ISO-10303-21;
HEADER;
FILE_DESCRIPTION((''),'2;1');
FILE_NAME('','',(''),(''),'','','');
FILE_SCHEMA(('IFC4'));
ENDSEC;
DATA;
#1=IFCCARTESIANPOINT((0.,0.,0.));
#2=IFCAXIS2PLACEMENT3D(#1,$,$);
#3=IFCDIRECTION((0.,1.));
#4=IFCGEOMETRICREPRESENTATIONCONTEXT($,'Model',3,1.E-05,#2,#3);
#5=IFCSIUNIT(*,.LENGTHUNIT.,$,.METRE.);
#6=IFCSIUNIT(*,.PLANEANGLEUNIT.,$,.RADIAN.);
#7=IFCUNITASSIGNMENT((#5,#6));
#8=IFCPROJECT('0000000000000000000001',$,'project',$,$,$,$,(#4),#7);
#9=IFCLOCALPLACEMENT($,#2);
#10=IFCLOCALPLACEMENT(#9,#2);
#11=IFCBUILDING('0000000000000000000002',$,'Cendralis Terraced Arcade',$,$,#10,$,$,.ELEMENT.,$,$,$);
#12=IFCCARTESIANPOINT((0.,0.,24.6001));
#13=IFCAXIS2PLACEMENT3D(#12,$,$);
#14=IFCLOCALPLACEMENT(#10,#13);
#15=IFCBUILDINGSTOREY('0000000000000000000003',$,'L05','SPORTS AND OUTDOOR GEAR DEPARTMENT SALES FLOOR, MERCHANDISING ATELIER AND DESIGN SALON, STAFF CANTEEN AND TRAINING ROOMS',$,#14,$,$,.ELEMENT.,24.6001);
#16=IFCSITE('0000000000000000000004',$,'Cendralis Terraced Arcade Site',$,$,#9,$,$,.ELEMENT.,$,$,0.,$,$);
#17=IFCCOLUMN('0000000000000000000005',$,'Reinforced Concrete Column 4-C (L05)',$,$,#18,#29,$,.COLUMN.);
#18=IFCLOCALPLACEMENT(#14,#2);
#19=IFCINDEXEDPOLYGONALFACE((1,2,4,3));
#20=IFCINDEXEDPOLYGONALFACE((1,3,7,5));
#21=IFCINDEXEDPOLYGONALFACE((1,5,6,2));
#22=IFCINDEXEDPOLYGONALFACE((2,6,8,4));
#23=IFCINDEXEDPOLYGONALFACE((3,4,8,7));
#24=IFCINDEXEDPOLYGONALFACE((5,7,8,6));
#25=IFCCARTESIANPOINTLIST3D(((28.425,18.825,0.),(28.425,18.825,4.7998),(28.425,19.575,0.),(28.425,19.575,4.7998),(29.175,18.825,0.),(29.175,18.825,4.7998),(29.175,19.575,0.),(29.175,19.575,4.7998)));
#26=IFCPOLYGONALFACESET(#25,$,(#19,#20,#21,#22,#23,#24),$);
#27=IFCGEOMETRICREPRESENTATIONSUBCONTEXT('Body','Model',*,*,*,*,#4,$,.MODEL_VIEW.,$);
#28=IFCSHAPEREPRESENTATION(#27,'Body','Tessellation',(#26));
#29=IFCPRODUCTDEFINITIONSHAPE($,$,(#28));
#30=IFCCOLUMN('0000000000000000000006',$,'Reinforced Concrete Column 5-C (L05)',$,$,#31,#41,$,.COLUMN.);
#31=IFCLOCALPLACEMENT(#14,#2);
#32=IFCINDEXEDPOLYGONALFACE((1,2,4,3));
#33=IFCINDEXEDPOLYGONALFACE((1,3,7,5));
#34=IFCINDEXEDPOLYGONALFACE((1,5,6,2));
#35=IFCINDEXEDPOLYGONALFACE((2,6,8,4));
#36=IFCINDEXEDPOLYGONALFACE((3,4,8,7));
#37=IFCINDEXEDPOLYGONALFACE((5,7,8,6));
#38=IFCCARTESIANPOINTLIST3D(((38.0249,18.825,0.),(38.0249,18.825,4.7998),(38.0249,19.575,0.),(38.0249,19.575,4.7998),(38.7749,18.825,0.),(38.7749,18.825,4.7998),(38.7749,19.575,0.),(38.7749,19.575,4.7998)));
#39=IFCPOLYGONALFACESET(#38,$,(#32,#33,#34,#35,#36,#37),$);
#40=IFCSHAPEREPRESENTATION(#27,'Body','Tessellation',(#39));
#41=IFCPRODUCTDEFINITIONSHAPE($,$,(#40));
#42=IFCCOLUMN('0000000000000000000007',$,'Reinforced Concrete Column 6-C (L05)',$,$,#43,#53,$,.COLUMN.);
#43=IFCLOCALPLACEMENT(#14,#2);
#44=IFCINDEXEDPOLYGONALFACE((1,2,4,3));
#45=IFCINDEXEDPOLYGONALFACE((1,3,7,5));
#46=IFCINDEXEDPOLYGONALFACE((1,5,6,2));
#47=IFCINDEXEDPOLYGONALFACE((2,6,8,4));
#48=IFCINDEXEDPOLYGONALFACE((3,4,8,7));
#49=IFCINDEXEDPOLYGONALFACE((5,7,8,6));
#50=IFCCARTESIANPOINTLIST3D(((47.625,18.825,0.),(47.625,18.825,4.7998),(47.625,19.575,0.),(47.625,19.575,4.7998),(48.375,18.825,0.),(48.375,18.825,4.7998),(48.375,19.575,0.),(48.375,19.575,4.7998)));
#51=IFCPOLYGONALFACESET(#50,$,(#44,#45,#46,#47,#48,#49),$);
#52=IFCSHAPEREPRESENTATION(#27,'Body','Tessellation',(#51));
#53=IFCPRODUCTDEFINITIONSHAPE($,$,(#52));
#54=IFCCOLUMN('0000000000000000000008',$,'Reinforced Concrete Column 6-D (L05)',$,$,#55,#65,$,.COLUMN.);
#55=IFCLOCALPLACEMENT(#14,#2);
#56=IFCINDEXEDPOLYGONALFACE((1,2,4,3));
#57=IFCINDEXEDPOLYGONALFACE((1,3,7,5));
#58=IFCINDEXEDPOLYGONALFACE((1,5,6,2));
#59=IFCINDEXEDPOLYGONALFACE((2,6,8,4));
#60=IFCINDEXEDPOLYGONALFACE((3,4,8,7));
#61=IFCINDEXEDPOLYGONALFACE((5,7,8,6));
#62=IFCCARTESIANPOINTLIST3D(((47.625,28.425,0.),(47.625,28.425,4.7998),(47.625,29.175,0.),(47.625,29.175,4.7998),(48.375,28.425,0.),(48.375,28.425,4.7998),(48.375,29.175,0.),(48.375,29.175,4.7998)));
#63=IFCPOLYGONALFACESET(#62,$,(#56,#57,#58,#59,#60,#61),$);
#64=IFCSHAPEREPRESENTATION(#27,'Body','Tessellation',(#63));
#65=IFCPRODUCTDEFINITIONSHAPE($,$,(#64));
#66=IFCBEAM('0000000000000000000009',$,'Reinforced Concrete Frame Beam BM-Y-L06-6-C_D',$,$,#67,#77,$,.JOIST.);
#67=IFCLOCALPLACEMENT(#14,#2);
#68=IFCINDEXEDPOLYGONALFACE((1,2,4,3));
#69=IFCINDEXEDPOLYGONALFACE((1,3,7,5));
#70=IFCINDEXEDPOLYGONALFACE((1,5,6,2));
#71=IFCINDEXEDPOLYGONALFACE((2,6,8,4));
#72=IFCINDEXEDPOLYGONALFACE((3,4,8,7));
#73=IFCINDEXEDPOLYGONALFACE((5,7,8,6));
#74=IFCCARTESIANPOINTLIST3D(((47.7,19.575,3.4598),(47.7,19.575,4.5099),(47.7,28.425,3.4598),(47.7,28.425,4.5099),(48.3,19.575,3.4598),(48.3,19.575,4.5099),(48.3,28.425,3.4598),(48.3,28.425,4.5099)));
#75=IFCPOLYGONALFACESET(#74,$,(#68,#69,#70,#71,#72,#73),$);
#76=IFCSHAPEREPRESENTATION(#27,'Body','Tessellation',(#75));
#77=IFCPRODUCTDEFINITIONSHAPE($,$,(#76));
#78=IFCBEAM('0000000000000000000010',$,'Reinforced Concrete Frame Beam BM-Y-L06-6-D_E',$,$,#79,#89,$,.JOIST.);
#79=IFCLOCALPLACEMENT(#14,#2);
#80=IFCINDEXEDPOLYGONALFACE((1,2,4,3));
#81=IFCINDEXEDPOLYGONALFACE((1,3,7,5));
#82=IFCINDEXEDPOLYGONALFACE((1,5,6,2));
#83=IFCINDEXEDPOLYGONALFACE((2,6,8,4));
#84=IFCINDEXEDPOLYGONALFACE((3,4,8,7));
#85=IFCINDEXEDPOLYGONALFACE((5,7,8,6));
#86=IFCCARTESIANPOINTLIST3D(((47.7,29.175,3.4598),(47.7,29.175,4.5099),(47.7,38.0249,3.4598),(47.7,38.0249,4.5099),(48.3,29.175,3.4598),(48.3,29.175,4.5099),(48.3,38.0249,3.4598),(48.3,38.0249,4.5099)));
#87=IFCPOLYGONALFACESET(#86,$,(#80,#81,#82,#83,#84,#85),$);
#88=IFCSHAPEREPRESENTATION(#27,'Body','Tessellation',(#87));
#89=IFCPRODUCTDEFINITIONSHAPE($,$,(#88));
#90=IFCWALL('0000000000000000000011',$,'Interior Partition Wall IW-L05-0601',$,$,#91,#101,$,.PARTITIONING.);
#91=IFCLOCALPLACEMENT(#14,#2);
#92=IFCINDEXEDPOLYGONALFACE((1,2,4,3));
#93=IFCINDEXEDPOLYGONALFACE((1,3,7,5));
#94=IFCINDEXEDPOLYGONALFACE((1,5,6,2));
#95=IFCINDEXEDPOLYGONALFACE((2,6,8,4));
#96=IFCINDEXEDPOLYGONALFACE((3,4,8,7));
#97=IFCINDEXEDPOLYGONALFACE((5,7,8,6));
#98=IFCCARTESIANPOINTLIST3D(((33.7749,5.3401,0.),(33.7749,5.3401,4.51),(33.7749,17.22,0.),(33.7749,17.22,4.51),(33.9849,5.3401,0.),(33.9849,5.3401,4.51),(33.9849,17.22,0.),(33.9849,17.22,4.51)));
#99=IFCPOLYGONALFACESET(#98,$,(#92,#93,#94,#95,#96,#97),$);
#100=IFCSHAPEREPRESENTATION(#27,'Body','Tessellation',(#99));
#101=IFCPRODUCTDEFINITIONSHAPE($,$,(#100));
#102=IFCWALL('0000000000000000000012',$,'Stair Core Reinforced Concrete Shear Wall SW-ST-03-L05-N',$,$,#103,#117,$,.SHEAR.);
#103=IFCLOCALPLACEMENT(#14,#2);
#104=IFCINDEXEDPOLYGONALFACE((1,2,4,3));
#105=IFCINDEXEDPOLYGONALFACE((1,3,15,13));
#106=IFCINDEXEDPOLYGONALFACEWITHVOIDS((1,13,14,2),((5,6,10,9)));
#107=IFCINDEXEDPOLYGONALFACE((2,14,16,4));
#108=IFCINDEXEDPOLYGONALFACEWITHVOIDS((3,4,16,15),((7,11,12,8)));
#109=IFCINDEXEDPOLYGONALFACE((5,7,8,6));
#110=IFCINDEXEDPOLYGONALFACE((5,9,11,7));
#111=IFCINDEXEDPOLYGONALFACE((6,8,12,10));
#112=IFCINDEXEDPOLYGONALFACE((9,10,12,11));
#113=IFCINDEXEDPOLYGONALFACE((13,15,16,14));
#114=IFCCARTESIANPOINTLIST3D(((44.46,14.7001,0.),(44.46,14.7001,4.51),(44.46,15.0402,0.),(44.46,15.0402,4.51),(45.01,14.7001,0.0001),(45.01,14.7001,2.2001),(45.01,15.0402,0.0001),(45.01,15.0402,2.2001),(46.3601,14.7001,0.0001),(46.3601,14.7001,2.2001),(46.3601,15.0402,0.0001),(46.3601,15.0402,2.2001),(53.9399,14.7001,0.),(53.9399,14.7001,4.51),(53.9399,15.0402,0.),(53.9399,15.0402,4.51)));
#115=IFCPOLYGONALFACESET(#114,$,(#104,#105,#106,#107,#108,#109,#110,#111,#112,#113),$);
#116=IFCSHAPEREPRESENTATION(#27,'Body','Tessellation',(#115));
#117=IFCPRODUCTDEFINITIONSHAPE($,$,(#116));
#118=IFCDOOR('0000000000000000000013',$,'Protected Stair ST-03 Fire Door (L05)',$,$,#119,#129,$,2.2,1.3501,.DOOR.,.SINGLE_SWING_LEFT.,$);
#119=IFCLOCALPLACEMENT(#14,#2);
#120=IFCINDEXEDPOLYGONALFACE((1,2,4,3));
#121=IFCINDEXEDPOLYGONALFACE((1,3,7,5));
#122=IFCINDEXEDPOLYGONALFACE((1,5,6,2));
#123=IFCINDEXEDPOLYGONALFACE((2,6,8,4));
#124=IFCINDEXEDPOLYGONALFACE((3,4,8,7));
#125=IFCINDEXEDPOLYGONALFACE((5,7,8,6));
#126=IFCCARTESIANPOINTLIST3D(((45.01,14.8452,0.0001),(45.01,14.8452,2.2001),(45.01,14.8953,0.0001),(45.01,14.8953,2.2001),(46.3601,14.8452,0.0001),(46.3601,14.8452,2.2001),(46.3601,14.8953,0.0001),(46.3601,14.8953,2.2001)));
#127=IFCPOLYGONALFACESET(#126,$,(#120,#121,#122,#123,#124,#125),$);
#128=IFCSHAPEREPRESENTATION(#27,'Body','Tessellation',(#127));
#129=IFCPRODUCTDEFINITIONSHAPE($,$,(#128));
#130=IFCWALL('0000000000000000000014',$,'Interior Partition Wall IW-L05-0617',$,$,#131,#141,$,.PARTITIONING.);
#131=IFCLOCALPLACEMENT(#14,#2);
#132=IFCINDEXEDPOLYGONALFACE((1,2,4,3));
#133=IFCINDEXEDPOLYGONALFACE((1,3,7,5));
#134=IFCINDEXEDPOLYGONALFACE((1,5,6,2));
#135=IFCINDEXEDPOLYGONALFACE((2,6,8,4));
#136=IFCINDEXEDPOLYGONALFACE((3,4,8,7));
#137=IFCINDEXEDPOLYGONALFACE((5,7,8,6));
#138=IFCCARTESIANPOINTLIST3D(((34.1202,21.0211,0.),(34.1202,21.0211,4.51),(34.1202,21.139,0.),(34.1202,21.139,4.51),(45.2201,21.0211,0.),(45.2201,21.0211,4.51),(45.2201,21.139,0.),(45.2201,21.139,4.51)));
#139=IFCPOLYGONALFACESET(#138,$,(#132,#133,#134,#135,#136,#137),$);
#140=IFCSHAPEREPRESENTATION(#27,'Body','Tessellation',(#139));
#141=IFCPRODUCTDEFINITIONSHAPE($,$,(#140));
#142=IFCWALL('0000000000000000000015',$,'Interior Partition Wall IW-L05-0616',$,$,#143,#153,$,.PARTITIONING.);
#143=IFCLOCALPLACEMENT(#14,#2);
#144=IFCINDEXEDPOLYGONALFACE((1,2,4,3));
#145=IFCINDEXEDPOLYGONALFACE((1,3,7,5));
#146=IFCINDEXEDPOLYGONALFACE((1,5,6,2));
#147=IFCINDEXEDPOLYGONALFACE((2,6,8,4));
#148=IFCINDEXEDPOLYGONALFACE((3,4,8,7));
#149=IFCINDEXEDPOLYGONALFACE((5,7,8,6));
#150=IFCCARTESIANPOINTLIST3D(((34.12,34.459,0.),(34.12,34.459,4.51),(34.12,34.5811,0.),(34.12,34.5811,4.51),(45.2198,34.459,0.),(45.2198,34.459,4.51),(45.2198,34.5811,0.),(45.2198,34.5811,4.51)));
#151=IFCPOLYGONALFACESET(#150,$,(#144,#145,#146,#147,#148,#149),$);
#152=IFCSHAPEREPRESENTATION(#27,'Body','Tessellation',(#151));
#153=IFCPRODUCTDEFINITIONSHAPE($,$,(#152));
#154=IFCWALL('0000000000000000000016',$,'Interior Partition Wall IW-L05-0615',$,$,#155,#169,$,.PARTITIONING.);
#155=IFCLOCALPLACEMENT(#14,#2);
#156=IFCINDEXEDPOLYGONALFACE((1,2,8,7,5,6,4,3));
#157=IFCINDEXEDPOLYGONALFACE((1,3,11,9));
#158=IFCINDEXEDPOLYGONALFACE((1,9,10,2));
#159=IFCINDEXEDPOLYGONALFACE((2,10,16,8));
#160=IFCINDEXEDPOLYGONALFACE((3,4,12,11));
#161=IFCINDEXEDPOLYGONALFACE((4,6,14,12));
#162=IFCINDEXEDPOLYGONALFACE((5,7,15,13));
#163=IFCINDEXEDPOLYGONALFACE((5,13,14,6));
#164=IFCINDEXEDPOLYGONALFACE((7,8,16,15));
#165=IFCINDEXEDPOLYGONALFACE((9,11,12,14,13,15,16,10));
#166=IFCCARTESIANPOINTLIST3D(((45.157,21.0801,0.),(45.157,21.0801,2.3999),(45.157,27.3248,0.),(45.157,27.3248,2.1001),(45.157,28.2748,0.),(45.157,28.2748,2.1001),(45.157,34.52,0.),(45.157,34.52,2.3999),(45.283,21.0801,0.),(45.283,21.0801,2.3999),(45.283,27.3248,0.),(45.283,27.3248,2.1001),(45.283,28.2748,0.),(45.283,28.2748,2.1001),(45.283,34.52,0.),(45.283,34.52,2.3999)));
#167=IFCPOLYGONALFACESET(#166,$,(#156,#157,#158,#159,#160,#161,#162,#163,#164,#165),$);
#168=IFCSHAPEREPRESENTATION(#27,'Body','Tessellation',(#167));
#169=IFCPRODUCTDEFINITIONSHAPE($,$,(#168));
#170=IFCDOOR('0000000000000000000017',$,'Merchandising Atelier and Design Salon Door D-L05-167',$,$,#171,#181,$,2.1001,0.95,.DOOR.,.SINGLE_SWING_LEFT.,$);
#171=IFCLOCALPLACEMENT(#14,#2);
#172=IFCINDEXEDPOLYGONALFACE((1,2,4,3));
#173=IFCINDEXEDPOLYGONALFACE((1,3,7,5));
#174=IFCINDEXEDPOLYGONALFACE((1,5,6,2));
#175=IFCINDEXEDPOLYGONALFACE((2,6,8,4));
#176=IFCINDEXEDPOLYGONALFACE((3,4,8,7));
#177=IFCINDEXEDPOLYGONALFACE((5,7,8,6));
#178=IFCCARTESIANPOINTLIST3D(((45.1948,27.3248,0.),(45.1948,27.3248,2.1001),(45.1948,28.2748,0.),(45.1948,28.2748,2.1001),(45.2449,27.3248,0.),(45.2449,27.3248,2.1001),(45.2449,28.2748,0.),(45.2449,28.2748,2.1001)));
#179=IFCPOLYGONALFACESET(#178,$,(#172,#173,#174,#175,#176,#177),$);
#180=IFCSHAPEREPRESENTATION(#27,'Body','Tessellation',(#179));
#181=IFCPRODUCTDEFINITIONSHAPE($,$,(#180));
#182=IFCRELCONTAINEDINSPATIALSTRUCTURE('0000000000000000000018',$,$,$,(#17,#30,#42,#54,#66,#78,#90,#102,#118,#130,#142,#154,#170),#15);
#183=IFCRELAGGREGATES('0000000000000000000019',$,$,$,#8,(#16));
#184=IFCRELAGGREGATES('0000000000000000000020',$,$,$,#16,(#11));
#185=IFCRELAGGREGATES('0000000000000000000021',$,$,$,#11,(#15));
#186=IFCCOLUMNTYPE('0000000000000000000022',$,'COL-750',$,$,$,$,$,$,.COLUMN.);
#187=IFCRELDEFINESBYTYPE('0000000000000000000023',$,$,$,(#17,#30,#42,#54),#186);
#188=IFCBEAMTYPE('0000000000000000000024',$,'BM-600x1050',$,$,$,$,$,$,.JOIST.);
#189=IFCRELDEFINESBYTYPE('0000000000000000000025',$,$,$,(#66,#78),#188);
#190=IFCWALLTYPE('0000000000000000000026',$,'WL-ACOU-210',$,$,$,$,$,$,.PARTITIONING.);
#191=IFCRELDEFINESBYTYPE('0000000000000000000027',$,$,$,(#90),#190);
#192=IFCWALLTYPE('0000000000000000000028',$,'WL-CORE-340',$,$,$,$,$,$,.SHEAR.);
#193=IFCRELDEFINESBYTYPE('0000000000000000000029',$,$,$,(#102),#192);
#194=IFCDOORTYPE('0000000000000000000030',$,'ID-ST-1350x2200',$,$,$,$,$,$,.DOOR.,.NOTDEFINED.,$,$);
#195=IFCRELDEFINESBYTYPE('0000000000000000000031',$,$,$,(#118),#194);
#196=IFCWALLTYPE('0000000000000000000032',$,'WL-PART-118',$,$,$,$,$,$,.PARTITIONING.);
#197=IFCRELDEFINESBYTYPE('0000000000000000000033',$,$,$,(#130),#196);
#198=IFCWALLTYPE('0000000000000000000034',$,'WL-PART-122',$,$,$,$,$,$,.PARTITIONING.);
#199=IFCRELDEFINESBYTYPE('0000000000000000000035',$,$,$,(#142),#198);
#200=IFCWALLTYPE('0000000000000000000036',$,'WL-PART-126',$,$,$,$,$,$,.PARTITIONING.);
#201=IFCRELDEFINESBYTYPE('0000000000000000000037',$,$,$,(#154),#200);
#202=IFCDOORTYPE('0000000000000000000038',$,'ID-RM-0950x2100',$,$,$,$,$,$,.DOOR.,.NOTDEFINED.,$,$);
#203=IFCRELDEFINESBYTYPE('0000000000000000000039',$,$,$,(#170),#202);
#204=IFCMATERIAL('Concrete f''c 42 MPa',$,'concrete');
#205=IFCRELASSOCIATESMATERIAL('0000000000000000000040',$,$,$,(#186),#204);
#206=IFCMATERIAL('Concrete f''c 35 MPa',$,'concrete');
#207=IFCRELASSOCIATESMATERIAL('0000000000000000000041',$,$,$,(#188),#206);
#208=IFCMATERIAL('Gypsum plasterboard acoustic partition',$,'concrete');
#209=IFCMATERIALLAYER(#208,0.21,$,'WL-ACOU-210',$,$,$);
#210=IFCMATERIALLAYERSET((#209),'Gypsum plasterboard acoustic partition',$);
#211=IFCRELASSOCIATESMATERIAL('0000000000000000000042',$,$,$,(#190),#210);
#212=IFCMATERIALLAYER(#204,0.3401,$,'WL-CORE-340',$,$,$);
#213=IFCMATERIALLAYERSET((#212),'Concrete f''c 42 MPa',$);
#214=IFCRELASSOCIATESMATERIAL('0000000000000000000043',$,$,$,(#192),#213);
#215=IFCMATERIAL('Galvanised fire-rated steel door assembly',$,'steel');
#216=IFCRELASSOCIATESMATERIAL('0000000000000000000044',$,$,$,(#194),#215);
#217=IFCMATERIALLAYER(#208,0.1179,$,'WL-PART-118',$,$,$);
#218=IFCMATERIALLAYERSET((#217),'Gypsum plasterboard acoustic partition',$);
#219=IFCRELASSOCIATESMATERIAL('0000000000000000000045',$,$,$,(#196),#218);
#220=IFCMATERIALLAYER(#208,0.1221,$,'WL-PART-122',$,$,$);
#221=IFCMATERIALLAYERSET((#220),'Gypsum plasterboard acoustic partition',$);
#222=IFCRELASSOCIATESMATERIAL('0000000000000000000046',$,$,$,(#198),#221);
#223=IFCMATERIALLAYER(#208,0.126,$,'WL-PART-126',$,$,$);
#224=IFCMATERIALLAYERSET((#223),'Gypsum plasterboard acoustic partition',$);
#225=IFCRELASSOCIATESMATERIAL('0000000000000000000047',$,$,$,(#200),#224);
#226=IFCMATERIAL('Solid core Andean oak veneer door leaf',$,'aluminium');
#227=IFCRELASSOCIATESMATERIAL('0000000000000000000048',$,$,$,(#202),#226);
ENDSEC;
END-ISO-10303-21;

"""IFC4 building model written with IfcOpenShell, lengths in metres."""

from ifc_helpers import new_model, si_unit, direction, frame, frame_2d, origin, origin_2d, place, context, subcontext, project, spatial, rectangle, extrude, material, layer, layer_set, material_profile, profile_set, type_object, element, fill, save


model = new_model("IFC4")

# Units and contexts
model_context = context("Model", 3, precision=1e-05, world=origin(), true_north=direction((0.0, 1.0)))
body_context = subcontext(model_context, "Body", "Model", "MODEL_VIEW")
ifc_project = project(units=[si_unit("LENGTHUNIT", "METRE"), si_unit("PLANEANGLEUNIT", "RADIAN")], contexts=[model_context])

# Site, building, storey
site_placement = place(None, origin())
site = spatial("IfcSite", under=ifc_project, at=site_placement, Name="Cendralis Terraced Arcade Site", CompositionType="ELEMENT", RefElevation=0.0)
building_placement = place(site_placement, origin())
building = spatial("IfcBuilding", under=site, at=building_placement, Name="Cendralis Terraced Arcade", CompositionType="ELEMENT")
storey_placement = place(building_placement, frame((0.0, 0.0, 24.6001)))
storey = spatial("IfcBuildingStorey", under=building, at=storey_placement, Name="L05", Description="SPORTS AND OUTDOOR GEAR DEPARTMENT SALES FLOOR, MERCHANDISING ATELIER AND DESIGN SALON, STAFF CANTEEN AND TRAINING ROOMS", CompositionType="ELEMENT", Elevation=24.6001)

# Columns
ifc_material_1 = material(Name="Concrete f'c 42 MPa", Category="concrete")
ifc_material_profile_1 = material_profile(ifc_material_1, rectangle(XDim=0.75, YDim=0.75, at=origin_2d()), Name="RC-COL-750x750", Category="LoadBearing")
ifc_profile_set_1 = profile_set([ifc_material_profile_1], Name="Concrete f'c 42 MPa")
column_type = type_object("IfcColumnType", Name="COL-750", PredefinedType="COLUMN", material=ifc_profile_set_1)
for number, where, z_axis, x_axis, name in (
    (1, (28.8, 19.2, 0.0), (0.0, 0.0, 1.0), (1.0, 0.0, 0.0), "Reinforced Concrete Column 4-C (L05)"),
    (2, (38.3999, 19.2, 0.0), (0.0, 0.0, 1.0), (1.0, 0.0, 0.0), "Reinforced Concrete Column 5-C (L05)"),
    (3, (48.0, 19.2, 0.0), (0.0, 0.0, 1.0), (1.0, 0.0, 0.0), "Reinforced Concrete Column 6-C (L05)"),
    (4, (48.0, 28.8, 0.0), (0.0, 0.0, 1.0), (1.0, 0.0, 0.0), "Reinforced Concrete Column 6-D (L05)"),
):
    element("IfcColumn", number, at=place(storey_placement, frame(where, z_axis=z_axis, x_axis=x_axis)), inside=storey, type_object=column_type, Name=name, PredefinedType="COLUMN", context=body_context, shape_type="SweptSolid", body=[
        extrude(rectangle(XDim=0.75, YDim=0.75, at=origin_2d()), origin(), (0.0, 0.0, 1.0), 4.7998),
    ])

# Beams
ifc_material_2 = material(Name="Concrete f'c 35 MPa", Category="concrete")
ifc_material_profile_2 = material_profile(ifc_material_2, rectangle(XDim=0.6001, YDim=1.05, at=origin_2d()), Name="RC-BM-600x1050", Category="LoadBearing")
ifc_profile_set_2 = profile_set([ifc_material_profile_2], Name="Concrete f'c 35 MPa")
beam_type = type_object("IfcBeamType", Name="BM-600x1050", PredefinedType="JOIST", material=ifc_profile_set_2)
beam_1_placement = place(storey_placement, frame((48.0, 19.575, 3.9849), z_axis=(0.0, 1.0, 0.0), x_axis=(-1.0, 0.0, 0.0)))
element("IfcBeam", 5, at=beam_1_placement, inside=storey, type_object=beam_type, Name="Reinforced Concrete Frame Beam BM-Y-L06-6-C_D", PredefinedType="JOIST", context=body_context, shape_type="SweptSolid", body=[
    extrude(rectangle(XDim=0.6001, YDim=1.05, at=origin_2d()), origin(), (0.0, 0.0, 1.0), 8.8501),
])
beam_2_placement = place(storey_placement, frame((48.0, 29.175, 3.9849), z_axis=(0.0, 1.0, 0.0), x_axis=(-1.0, 0.0, 0.0)))
element("IfcBeam", 6, at=beam_2_placement, inside=storey, type_object=beam_type, Name="Reinforced Concrete Frame Beam BM-Y-L06-6-D_E", PredefinedType="JOIST", context=body_context, shape_type="SweptSolid", body=[
    extrude(rectangle(XDim=0.6001, YDim=1.05, at=origin_2d()), origin(), (0.0, 0.0, 1.0), 8.8499),
])

# Wall
ifc_material_3 = material(Name="Gypsum plasterboard acoustic partition", Category="concrete")
ifc_layer_1 = layer(ifc_material_3, 0.21, Name="WL-ACOU-210")
ifc_layer_set_1 = layer_set([ifc_layer_1], Name="Gypsum plasterboard acoustic partition")
wall_type_1 = type_object("IfcWallType", Name="WL-ACOU-210", PredefinedType="PARTITIONING", material=ifc_layer_set_1)
wall_1_placement = place(storey_placement, frame((33.8799, 17.22, 0.0), z_axis=(0.0, 0.0, 1.0), x_axis=(0.0, -1.0, 0.0)))
element("IfcWall", 7, at=wall_1_placement, inside=storey, type_object=wall_type_1, Name="Interior Partition Wall IW-L05-0601", PredefinedType="PARTITIONING", context=body_context, shape_type="SweptSolid", body=[
    extrude(rectangle(XDim=11.8799, YDim=0.21, at=frame_2d((5.9399, 0.0))), origin(), (0.0, 0.0, 1.0), 4.51),
])

# Wall, opening, door
ifc_layer_2 = layer(ifc_material_1, 0.3401, Name="WL-CORE-340")
ifc_layer_set_2 = layer_set([ifc_layer_2], Name="Concrete f'c 42 MPa")
wall_type_2 = type_object("IfcWallType", Name="WL-CORE-340", PredefinedType="SHEAR", material=ifc_layer_set_2)
wall_2_placement = place(storey_placement, frame((44.46, 14.8701, 0.0), z_axis=(0.0, 0.0, 1.0), x_axis=(1.0, 0.0, 0.0)))
wall_2 = element("IfcWall", 8, at=wall_2_placement, inside=storey, type_object=wall_type_2, Name="Stair Core Reinforced Concrete Shear Wall SW-ST-03-L05-N", PredefinedType="SHEAR", context=body_context, shape_type="SweptSolid", body=[
    extrude(rectangle(XDim=9.48, YDim=0.3401, at=frame_2d((4.74, 0.0))), origin(), (0.0, 0.0, 1.0), 4.51),
])
opening_1_placement = place(wall_2_placement, frame((0.55, 0.0, 0.0)))
opening_1 = element("IfcOpeningElement", 9, at=opening_1_placement, cuts=wall_2, PredefinedType="OPENING", context=body_context, shape_type="SweptSolid", body=[
    extrude(rectangle(XDim=1.3501, YDim=2.2, at=frame_2d((0.675, 1.1001))), frame((0.0, 0.1821, 0.0), z_axis=(0.0, -1.0, 0.0), x_axis=(1.0, 0.0, 0.0)), (0.0, 0.0, 1.0), 0.364),
])
ifc_material_4 = material(Name="Galvanised fire-rated steel door assembly", Category="steel")
door_type_1 = type_object("IfcDoorType", Name="ID-ST-1350x2200", OperationType="NOTDEFINED", PredefinedType="DOOR", material=ifc_material_4)
door_1_placement = place(opening_1_placement, frame((1.3501, 0.0, 0.0), z_axis=(0.0, 0.0, 1.0), x_axis=(-1.0, 0.0, 0.0)))
door_1 = element("IfcDoor", 10, at=door_1_placement, inside=storey, type_object=door_type_1, Name="Protected Stair ST-03 Fire Door (L05)", OperationType="SINGLE_SWING_LEFT", OverallHeight=2.2, OverallWidth=1.3501, PredefinedType="DOOR", context=body_context, shape_type="SweptSolid", body=[
    extrude(rectangle(XDim=1.3501, YDim=2.2, at=frame_2d((0.675, 1.1001))), frame((0.0, 0.0249, 0.0), z_axis=(0.0, -1.0, 0.0), x_axis=(1.0, 0.0, 0.0)), (0.0, 0.0, 1.0), 0.05),
])
fill(opening_1, door_1)

# Walls
ifc_layer_3 = layer(ifc_material_3, 0.1179, Name="WL-PART-118")
ifc_layer_set_3 = layer_set([ifc_layer_3], Name="Gypsum plasterboard acoustic partition")
wall_type_3 = type_object("IfcWallType", Name="WL-PART-118", PredefinedType="PARTITIONING", material=ifc_layer_set_3)
wall_3_placement = place(storey_placement, frame((45.22, 21.0801, 0.0), z_axis=(0.0, 0.0, 1.0), x_axis=(-1.0, 0.0, 0.0)))
element("IfcWall", 11, at=wall_3_placement, inside=storey, type_object=wall_type_3, Name="Interior Partition Wall IW-L05-0617", PredefinedType="PARTITIONING", context=body_context, shape_type="SweptSolid", body=[
    extrude(rectangle(XDim=11.0999, YDim=0.1179, at=frame_2d((5.5498, 0.0))), origin(), (0.0, 0.0, 1.0), 4.51),
])
ifc_layer_4 = layer(ifc_material_3, 0.1221, Name="WL-PART-122")
ifc_layer_set_4 = layer_set([ifc_layer_4], Name="Gypsum plasterboard acoustic partition")
wall_type_4 = type_object("IfcWallType", Name="WL-PART-122", PredefinedType="PARTITIONING", material=ifc_layer_set_4)
wall_4_placement = place(storey_placement, frame((34.1201, 34.52, 0.0), z_axis=(0.0, 0.0, 1.0), x_axis=(1.0, 0.0, 0.0)))
element("IfcWall", 12, at=wall_4_placement, inside=storey, type_object=wall_type_4, Name="Interior Partition Wall IW-L05-0616", PredefinedType="PARTITIONING", context=body_context, shape_type="SweptSolid", body=[
    extrude(rectangle(XDim=11.0999, YDim=0.1221, at=frame_2d((5.5498, 0.0))), origin(), (0.0, 0.0, 1.0), 4.51),
])

# Wall, opening, door
ifc_layer_5 = layer(ifc_material_3, 0.126, Name="WL-PART-126")
ifc_layer_set_5 = layer_set([ifc_layer_5], Name="Gypsum plasterboard acoustic partition")
wall_type_5 = type_object("IfcWallType", Name="WL-PART-126", PredefinedType="PARTITIONING", material=ifc_layer_set_5)
wall_5_placement = place(storey_placement, frame((45.22, 34.52, 0.0), z_axis=(0.0, 0.0, 1.0), x_axis=(0.0, -1.0, 0.0)))
wall_5 = element("IfcWall", 13, at=wall_5_placement, inside=storey, type_object=wall_type_5, Name="Interior Partition Wall IW-L05-0615", PredefinedType="PARTITIONING", context=body_context, shape_type="SweptSolid", body=[
    extrude(rectangle(XDim=13.4399, YDim=0.126, at=frame_2d((6.72, 0.0))), origin(), (0.0, 0.0, 1.0), 2.3999),
])
opening_2_placement = place(wall_5_placement, frame((6.2451, 0.0, 0.0)))
opening_2 = element("IfcOpeningElement", 14, at=opening_2_placement, cuts=wall_5, PredefinedType="OPENING", context=body_context, shape_type="SweptSolid", body=[
    extrude(rectangle(XDim=0.95, YDim=2.1001, at=frame_2d((0.4751, 1.05))), frame((0.0, 0.075, 0.0), z_axis=(0.0, -1.0, 0.0), x_axis=(1.0, 0.0, 0.0)), (0.0, 0.0, 1.0), 0.1499),
])
ifc_material_5 = material(Name="Solid core Andean oak veneer door leaf", Category="aluminium")
door_type_2 = type_object("IfcDoorType", Name="ID-RM-0950x2100", OperationType="NOTDEFINED", PredefinedType="DOOR", material=ifc_material_5)
door_2_placement = place(opening_2_placement, origin())
door_2 = element("IfcDoor", 15, at=door_2_placement, inside=storey, type_object=door_type_2, Name="Merchandising Atelier and Design Salon Door D-L05-167", OperationType="SINGLE_SWING_LEFT", OverallHeight=2.1001, OverallWidth=0.95, PredefinedType="DOOR", context=body_context, shape_type="SweptSolid", body=[
    extrude(rectangle(XDim=0.95, YDim=2.1001, at=frame_2d((0.4751, 1.05))), frame((0.0, 0.0249, 0.0), z_axis=(0.0, -1.0, 0.0), x_axis=(1.0, 0.0, 0.0)), (0.0, 0.0, 1.0), 0.05),
])
fill(opening_2, door_2)

save(model, "model.ifc")
